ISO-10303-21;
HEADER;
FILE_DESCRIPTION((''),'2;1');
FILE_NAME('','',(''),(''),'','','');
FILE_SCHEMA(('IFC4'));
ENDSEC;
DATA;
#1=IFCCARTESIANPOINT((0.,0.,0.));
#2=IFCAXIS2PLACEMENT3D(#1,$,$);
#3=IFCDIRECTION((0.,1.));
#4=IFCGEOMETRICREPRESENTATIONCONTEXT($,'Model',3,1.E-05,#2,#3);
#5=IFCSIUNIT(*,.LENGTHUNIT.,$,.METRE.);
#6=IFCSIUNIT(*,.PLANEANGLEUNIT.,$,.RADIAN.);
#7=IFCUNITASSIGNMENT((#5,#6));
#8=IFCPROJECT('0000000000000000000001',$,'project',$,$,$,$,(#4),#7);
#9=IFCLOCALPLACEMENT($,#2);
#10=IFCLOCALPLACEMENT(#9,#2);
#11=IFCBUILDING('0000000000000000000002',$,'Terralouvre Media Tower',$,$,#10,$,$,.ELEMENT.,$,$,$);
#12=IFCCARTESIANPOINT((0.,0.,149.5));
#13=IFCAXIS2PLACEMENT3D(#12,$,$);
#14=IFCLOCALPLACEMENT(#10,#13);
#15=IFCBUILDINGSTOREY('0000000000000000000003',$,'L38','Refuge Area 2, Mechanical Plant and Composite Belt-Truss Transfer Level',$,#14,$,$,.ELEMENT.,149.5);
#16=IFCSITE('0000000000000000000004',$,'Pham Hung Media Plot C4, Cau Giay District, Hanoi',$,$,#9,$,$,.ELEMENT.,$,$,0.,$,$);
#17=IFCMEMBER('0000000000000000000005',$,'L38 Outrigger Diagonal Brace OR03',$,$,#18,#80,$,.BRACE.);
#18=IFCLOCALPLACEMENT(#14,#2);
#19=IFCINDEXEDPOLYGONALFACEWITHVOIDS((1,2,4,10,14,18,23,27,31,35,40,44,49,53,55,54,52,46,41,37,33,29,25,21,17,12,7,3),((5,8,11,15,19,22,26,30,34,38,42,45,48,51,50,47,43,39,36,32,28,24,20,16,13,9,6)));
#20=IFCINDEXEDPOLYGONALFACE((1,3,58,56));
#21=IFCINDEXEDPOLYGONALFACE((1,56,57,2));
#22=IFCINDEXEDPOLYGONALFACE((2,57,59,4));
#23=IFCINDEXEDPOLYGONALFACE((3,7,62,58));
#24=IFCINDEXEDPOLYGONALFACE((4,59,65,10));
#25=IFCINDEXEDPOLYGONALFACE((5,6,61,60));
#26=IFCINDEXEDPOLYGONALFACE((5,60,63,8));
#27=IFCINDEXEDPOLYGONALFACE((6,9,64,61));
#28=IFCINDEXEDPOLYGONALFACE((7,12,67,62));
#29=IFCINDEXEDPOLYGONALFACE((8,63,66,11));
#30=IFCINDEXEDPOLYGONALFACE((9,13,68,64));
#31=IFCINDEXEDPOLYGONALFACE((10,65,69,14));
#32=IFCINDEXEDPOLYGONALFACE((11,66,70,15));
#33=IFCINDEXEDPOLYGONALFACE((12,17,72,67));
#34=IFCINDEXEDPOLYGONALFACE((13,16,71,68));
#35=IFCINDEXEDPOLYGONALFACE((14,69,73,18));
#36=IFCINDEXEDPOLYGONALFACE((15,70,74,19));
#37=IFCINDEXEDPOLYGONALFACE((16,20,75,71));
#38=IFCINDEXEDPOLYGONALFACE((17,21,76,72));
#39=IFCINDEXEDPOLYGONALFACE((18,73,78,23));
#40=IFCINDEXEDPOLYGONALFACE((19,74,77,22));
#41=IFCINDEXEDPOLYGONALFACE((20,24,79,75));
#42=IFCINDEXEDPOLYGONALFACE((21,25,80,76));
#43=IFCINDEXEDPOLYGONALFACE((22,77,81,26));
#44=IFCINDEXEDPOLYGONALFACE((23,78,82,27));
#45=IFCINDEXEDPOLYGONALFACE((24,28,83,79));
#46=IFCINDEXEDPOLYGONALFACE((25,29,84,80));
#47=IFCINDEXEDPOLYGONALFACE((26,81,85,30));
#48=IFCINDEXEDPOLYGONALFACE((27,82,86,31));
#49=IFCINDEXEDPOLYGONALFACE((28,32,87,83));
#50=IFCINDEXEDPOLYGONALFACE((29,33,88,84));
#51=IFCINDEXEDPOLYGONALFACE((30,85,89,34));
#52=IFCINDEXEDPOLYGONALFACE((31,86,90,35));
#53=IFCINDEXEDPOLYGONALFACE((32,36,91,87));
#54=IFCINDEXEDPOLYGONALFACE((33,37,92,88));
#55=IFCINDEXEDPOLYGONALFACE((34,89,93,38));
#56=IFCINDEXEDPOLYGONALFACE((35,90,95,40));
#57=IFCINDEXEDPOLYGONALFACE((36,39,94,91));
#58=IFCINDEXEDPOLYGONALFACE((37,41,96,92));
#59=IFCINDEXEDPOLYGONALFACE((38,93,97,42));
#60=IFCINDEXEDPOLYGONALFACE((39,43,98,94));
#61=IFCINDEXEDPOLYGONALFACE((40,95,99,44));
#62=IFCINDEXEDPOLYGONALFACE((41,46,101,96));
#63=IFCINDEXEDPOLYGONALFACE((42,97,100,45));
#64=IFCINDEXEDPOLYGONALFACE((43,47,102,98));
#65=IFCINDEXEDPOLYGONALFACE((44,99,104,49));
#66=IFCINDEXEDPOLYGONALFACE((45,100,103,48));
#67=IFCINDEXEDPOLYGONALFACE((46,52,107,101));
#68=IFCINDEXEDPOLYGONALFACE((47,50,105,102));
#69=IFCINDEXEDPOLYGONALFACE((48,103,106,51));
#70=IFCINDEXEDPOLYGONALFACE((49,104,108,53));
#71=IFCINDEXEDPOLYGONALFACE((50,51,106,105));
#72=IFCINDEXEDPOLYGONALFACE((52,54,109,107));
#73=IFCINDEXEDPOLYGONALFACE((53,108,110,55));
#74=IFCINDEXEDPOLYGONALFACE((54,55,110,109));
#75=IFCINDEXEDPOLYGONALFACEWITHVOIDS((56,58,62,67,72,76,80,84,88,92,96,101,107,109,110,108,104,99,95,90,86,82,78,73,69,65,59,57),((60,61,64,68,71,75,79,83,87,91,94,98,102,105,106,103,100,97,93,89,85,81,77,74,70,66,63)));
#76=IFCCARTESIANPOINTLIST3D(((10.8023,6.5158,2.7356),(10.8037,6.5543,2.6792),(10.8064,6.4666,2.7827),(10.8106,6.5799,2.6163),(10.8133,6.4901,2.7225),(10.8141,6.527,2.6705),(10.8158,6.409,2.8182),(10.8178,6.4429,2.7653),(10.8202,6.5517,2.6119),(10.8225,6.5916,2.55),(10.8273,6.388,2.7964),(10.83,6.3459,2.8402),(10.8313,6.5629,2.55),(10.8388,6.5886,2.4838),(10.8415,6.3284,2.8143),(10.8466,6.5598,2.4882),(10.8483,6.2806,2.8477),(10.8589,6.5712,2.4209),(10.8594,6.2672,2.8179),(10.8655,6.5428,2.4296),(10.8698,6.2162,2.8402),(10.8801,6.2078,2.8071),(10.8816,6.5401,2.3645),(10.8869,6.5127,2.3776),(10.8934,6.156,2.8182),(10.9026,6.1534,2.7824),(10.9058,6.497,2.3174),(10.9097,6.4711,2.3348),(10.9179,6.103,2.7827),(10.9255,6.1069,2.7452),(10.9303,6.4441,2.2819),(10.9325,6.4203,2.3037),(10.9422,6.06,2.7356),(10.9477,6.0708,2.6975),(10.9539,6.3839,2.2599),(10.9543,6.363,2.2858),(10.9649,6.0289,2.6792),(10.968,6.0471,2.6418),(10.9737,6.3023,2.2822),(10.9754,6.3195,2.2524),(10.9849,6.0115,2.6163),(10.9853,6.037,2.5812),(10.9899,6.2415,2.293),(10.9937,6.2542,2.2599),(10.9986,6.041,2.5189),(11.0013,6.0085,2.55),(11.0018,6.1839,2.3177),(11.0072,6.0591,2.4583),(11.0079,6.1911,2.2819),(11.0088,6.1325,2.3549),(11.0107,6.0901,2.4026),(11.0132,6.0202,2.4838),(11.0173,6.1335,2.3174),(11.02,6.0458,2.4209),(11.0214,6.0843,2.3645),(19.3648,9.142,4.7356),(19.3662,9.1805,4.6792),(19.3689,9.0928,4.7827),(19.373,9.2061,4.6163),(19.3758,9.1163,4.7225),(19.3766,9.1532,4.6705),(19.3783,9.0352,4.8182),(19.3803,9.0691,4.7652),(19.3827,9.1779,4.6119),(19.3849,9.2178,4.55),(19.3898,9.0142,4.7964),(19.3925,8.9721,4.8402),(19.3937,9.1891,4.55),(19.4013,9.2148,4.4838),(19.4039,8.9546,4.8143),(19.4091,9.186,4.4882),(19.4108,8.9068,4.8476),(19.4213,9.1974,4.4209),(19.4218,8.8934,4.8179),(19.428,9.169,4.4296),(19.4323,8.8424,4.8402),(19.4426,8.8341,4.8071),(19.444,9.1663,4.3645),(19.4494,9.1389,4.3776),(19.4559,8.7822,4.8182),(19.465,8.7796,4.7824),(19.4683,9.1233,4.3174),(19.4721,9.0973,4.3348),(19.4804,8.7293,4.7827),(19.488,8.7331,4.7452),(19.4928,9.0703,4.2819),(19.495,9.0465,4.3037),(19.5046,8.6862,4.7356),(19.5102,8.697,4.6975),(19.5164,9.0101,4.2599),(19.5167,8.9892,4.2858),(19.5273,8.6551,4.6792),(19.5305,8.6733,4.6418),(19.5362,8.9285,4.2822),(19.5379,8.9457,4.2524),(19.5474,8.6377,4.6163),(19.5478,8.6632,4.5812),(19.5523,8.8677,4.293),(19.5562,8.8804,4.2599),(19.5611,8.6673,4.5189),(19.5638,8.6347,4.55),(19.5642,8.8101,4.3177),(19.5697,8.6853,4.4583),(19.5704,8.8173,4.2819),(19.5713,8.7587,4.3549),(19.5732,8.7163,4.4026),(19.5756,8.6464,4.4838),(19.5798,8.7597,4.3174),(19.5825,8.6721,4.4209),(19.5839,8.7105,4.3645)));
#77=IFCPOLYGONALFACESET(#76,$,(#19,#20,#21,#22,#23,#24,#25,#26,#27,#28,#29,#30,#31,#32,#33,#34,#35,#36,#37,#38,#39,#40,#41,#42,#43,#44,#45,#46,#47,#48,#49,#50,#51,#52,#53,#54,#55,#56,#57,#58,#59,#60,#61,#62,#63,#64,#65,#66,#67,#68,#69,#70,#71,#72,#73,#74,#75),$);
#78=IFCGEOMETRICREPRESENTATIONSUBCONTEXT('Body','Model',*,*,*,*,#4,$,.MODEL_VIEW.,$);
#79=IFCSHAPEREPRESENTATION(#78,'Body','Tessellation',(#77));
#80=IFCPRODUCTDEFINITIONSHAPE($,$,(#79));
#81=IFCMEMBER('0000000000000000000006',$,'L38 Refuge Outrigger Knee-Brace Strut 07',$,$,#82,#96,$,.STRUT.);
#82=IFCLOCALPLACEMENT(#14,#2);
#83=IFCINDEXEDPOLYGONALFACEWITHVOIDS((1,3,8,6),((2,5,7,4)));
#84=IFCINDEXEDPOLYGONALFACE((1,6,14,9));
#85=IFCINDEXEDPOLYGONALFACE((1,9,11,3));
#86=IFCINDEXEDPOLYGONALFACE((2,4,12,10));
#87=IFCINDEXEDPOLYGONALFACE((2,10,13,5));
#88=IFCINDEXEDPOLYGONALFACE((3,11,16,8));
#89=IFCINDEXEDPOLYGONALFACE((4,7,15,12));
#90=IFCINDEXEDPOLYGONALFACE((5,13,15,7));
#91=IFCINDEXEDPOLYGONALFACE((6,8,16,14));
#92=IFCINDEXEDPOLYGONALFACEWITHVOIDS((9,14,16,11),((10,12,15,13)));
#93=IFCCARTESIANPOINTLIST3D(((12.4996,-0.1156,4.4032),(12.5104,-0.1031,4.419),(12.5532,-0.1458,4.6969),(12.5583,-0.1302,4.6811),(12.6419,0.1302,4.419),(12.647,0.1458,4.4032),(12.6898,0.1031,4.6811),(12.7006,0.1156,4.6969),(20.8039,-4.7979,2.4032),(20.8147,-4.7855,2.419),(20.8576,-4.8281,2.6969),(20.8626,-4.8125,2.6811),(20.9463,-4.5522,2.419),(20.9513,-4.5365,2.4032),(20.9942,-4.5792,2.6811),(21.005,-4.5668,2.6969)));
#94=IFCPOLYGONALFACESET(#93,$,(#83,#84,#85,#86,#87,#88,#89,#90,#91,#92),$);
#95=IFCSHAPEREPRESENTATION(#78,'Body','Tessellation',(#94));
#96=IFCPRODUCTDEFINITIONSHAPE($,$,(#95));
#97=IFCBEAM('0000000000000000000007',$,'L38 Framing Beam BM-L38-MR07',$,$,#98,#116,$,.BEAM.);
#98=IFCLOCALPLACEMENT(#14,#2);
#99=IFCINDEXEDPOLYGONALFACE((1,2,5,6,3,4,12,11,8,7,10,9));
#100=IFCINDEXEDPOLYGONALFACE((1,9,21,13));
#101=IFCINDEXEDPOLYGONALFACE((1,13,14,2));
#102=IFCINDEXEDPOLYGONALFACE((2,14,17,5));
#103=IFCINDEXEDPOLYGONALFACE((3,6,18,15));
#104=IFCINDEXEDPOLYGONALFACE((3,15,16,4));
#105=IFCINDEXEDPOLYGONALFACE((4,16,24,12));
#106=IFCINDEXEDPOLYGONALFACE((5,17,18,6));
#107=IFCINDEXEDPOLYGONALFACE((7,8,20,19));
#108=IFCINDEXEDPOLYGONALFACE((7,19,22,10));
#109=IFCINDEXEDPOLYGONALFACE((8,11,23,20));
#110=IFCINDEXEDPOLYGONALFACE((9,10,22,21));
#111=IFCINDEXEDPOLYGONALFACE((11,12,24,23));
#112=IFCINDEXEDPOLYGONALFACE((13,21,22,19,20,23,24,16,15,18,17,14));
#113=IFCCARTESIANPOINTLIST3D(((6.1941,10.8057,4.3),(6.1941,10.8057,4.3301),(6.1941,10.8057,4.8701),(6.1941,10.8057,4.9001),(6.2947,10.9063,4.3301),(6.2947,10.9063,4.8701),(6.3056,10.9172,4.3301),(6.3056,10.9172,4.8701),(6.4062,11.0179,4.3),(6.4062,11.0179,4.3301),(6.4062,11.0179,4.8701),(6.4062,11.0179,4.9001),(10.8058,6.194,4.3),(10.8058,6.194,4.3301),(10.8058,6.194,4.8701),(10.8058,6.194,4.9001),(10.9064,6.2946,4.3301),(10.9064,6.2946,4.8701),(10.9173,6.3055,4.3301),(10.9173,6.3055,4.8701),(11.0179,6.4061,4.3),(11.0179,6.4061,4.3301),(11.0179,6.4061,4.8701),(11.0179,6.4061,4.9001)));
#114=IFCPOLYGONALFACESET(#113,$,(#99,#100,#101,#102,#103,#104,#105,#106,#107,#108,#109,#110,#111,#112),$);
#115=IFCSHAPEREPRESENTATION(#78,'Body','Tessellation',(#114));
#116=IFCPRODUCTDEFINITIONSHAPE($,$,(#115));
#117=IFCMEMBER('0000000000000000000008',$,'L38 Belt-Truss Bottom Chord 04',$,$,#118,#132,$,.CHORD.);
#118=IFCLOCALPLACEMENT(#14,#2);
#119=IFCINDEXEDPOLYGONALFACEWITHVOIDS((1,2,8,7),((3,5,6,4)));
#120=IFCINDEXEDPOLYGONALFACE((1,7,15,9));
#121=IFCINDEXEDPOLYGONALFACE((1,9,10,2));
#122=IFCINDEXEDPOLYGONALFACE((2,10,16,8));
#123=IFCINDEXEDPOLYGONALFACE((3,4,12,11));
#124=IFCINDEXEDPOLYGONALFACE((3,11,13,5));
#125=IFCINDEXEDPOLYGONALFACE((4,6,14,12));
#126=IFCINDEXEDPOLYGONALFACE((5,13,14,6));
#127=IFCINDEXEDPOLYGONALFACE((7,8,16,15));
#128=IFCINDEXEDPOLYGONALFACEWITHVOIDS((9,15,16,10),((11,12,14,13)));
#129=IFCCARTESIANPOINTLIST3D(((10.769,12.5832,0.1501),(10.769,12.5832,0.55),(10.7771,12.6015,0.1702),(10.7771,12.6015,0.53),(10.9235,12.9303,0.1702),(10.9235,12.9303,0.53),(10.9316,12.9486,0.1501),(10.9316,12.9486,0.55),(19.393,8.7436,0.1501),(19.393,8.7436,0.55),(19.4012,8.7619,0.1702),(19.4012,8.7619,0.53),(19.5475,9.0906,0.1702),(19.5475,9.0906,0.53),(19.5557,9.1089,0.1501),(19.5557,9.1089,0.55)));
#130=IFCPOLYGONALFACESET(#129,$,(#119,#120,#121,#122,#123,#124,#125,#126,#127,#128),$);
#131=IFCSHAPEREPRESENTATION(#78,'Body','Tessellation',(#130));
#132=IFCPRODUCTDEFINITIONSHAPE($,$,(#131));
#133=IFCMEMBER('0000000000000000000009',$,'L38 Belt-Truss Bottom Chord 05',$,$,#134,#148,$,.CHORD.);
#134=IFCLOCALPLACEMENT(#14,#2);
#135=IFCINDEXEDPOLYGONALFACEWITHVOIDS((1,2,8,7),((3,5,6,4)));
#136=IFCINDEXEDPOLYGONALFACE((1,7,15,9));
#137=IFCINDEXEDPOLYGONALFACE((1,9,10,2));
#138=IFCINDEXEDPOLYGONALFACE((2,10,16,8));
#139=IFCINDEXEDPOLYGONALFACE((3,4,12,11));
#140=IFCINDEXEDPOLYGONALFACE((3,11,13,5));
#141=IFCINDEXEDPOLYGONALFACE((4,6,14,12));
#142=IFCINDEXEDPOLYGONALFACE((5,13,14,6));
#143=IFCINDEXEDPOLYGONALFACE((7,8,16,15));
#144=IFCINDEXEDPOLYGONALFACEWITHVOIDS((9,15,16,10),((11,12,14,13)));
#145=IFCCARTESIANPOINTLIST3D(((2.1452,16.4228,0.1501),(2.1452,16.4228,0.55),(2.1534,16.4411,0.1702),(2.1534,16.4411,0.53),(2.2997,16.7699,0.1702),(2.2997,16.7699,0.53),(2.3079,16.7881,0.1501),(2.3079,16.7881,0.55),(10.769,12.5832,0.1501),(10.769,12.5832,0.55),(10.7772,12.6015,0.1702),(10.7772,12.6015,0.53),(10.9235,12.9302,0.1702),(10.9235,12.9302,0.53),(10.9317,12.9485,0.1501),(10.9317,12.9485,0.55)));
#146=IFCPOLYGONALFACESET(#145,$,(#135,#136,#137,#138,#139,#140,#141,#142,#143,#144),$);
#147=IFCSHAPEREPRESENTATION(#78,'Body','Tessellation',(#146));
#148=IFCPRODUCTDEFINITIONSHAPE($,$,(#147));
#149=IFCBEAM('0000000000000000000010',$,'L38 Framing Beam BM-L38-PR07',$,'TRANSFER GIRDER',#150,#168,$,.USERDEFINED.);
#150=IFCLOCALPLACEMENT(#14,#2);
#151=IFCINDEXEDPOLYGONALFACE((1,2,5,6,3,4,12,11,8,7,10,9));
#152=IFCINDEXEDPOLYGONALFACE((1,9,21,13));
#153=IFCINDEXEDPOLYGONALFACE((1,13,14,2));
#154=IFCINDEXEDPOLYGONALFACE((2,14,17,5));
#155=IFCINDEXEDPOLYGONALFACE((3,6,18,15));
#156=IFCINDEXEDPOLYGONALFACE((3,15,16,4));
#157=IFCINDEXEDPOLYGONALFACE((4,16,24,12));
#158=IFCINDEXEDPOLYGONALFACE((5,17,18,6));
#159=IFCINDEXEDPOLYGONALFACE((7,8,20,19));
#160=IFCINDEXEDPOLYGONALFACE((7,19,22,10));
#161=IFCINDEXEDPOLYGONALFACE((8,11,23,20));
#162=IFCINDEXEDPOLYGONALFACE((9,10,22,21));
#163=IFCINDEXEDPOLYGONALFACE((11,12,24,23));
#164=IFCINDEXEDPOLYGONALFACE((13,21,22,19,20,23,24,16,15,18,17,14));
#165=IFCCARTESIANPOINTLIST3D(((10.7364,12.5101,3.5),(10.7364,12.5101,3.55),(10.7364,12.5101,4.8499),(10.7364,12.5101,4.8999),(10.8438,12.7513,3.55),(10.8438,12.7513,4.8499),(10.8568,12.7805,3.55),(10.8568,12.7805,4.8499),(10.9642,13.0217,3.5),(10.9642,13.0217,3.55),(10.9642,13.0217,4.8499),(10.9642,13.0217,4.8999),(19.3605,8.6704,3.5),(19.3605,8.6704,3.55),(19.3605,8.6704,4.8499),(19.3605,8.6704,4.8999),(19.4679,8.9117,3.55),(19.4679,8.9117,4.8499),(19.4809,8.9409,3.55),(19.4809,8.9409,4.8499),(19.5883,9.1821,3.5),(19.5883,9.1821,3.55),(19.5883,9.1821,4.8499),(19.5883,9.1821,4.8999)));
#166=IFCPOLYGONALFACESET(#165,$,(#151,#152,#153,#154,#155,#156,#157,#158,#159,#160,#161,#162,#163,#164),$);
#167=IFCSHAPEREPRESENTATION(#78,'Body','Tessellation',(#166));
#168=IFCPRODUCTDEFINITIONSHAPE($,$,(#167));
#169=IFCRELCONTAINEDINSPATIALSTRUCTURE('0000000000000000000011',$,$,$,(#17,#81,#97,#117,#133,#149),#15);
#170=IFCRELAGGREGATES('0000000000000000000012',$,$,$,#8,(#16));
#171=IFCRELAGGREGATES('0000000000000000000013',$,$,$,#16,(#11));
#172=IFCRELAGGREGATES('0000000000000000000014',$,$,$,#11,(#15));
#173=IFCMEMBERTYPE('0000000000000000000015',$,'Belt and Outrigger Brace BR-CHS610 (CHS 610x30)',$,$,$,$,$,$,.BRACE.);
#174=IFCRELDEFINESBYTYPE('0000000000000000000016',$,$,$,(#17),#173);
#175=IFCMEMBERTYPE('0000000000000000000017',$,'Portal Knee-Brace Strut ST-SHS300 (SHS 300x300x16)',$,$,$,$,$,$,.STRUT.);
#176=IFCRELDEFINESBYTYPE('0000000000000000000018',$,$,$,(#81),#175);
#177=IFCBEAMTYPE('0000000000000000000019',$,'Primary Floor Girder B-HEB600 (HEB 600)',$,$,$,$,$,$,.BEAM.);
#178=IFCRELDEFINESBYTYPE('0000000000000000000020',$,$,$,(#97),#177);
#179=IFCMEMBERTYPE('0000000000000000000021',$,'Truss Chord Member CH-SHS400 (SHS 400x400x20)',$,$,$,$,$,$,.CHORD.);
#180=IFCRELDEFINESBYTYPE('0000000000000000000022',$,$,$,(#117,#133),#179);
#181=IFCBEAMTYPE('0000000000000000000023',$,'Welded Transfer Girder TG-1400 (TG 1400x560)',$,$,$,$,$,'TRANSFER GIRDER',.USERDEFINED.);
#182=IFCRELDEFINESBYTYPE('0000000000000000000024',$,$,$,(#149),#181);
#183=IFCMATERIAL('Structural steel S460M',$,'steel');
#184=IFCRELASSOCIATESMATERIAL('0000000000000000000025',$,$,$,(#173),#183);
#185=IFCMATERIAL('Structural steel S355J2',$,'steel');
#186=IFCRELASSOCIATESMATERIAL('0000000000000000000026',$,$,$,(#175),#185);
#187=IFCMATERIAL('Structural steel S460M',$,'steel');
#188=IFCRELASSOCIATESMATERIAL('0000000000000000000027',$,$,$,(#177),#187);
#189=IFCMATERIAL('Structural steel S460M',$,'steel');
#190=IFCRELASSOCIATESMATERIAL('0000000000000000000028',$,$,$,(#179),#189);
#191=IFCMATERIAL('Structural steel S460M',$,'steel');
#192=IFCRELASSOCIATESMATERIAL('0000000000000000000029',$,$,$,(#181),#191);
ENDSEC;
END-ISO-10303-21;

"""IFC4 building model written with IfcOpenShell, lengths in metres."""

from ifc_helpers import new_model, si_unit, direction, frame, origin, origin_2d, place, context, subcontext, project, spatial, hollow_rectangle, hollow_circle, i_section, extrude, material, material_profile, profile_set, type_object, element, save


model = new_model("IFC4")

# Units and contexts
model_context = context("Model", 3, precision=1e-05, world=origin(), true_north=direction((0.0, 1.0)))
body_context = subcontext(model_context, "Body", "Model", "MODEL_VIEW")
ifc_project = project(units=[si_unit("LENGTHUNIT", "METRE"), si_unit("PLANEANGLEUNIT", "RADIAN")], contexts=[model_context])

# Site, building, storey
site_placement = place(None, origin())
site = spatial("IfcSite", under=ifc_project, at=site_placement, Name="Pham Hung Media Plot C4, Cau Giay District, Hanoi", CompositionType="ELEMENT", RefElevation=0.0)
building_placement = place(site_placement, origin())
building = spatial("IfcBuilding", under=site, at=building_placement, Name="Terralouvre Media Tower", CompositionType="ELEMENT")
storey_placement = place(building_placement, frame((0.0, 0.0, 149.5)))
storey = spatial("IfcBuildingStorey", under=building, at=storey_placement, Name="L38", Description="Refuge Area 2, Mechanical Plant and Composite Belt-Truss Transfer Level", CompositionType="ELEMENT", Elevation=149.5)

# Members
ifc_material_1 = material(Name="Structural steel S460M", Category="steel")
ifc_material_profile_1 = material_profile(ifc_material_1, hollow_circle(Radius=0.3049, WallThickness=0.03, at=origin_2d()), Name="CHS 610x30")
ifc_profile_set_1 = profile_set([ifc_material_profile_1], Name="Structural steel S460M")
member_type_1 = type_object("IfcMemberType", Name="Belt and Outrigger Brace BR-CHS610 (CHS 610x30)", PredefinedType="BRACE", material=ifc_profile_set_1)
member_1_placement = place(storey_placement, frame((10.9119, 6.3, 2.55), z_axis=(0.933061, 0.286181, 0.217941), x_axis=(-0.293229, 0.956042, 0.0)))
element("IfcMember", 1, at=member_1_placement, inside=storey, type_object=member_type_1, Name="L38 Outrigger Diagonal Brace OR03", PredefinedType="BRACE", context=body_context, shape_type="SweptSolid", body=[
    extrude(hollow_circle(Radius=0.3049, WallThickness=0.03, at=origin_2d()), origin(), (0.0, 0.0, 1.0), 9.1768),
])
ifc_material_2 = material(Name="Structural steel S355J2", Category="steel")
ifc_material_profile_2 = material_profile(ifc_material_2, hollow_rectangle(XDim=0.3, YDim=0.3, WallThickness=0.0161, at=origin_2d()), Name="SHS 300x300x16")
ifc_profile_set_2 = profile_set([ifc_material_profile_2], Name="Structural steel S355J2")
member_type_2 = type_object("IfcMemberType", Name="Portal Knee-Brace Strut ST-SHS300 (SHS 300x300x16)", PredefinedType="STRUT", material=ifc_profile_set_2)
member_2_placement = place(storey_placement, frame((12.6001, 0.0, 4.55), z_axis=(0.852519, -0.480684, -0.205316), x_axis=(0.491147, 0.871077, 0.0)))
element("IfcMember", 2, at=member_2_placement, inside=storey, type_object=member_type_2, Name="L38 Refuge Outrigger Knee-Brace Strut 07", PredefinedType="STRUT", context=body_context, shape_type="SweptSolid", body=[
    extrude(hollow_rectangle(XDim=0.3, YDim=0.3, WallThickness=0.0161, at=origin_2d()), origin(), (0.0, 0.0, 1.0), 9.741),
])

# Beam
ifc_material_3 = material(Name="Structural steel S460M", Category="steel")
ifc_material_profile_3 = material_profile(ifc_material_3, i_section(OverallWidth=0.3, OverallDepth=0.6001, WebThickness=0.0154, FlangeThickness=0.03, at=origin_2d()), Name="HEB 600")
ifc_profile_set_3 = profile_set([ifc_material_profile_3], Name="Structural steel S460M")
beam_type_1 = type_object("IfcBeamType", Name="Primary Floor Girder B-HEB600 (HEB 600)", PredefinedType="BEAM", material=ifc_profile_set_3)
beam_1_placement = place(storey_placement, frame((10.9119, 6.3, 4.6001), z_axis=(-0.707107, 0.707107, 0.0), x_axis=(-0.707107, -0.707107, 0.0)))
element("IfcBeam", 3, at=beam_1_placement, inside=storey, type_object=beam_type_1, Name="L38 Framing Beam BM-L38-MR07", PredefinedType="BEAM", context=body_context, shape_type="SweptSolid", body=[
    extrude(i_section(OverallWidth=0.3, OverallDepth=0.6001, WebThickness=0.0154, FlangeThickness=0.03, at=origin_2d()), origin(), (0.0, 0.0, 1.0), 6.522),
])

# Members
ifc_material_4 = material(Name="Structural steel S460M", Category="steel")
ifc_material_profile_4 = material_profile(ifc_material_4, hollow_rectangle(XDim=0.3999, YDim=0.3999, WallThickness=0.02, at=origin_2d()), Name="SHS 400x400x20")
ifc_profile_set_4 = profile_set([ifc_material_profile_4], Name="Structural steel S460M")
member_type_3 = type_object("IfcMemberType", Name="Truss Chord Member CH-SHS400 (SHS 400x400x20)", PredefinedType="CHORD", material=ifc_profile_set_4)
member_3_placement = place(storey_placement, frame((19.4744, 8.9263, 0.3501), z_axis=(-0.913548, 0.406731, 0.0), x_axis=(-0.406731, -0.913548, 0.0)))
element("IfcMember", 4, at=member_3_placement, inside=storey, type_object=member_type_3, Name="L38 Belt-Truss Bottom Chord 04", PredefinedType="CHORD", context=body_context, shape_type="SweptSolid", body=[
    extrude(hollow_rectangle(XDim=0.3999, YDim=0.3999, WallThickness=0.02, at=origin_2d()), origin(), (0.0, 0.0, 1.0), 9.4402),
])
member_4_placement = place(storey_placement, frame((10.8503, 12.7659, 0.3501), z_axis=(-0.913544, 0.406741, 0.0), x_axis=(-0.406741, -0.913544, 0.0)))
element("IfcMember", 5, at=member_4_placement, inside=storey, type_object=member_type_3, Name="L38 Belt-Truss Bottom Chord 05", PredefinedType="CHORD", context=body_context, shape_type="SweptSolid", body=[
    extrude(hollow_rectangle(XDim=0.3999, YDim=0.3999, WallThickness=0.02, at=origin_2d()), origin(), (0.0, 0.0, 1.0), 9.4399),
])

# Beam
ifc_material_5 = material(Name="Structural steel S460M", Category="steel")
ifc_material_profile_5 = material_profile(ifc_material_5, i_section(OverallWidth=0.5601, OverallDepth=1.3999, WebThickness=0.032, FlangeThickness=0.05, at=origin_2d()), Name="TG 1400x560")
ifc_profile_set_5 = profile_set([ifc_material_profile_5], Name="Structural steel S460M")
beam_type_2 = type_object("IfcBeamType", Name="Welded Transfer Girder TG-1400 (TG 1400x560)", ElementType="TRANSFER GIRDER", PredefinedType="USERDEFINED", material=ifc_profile_set_5)
beam_2_placement = place(storey_placement, frame((19.4744, 8.9263, 4.2), z_axis=(-0.913548, 0.406731, 0.0), x_axis=(-0.406731, -0.913548, 0.0)))
element("IfcBeam", 6, at=beam_2_placement, inside=storey, type_object=beam_type_2, Name="L38 Framing Beam BM-L38-PR07", ObjectType="TRANSFER GIRDER", PredefinedType="USERDEFINED", context=body_context, shape_type="SweptSolid", body=[
    extrude(i_section(OverallWidth=0.5601, OverallDepth=1.3999, WebThickness=0.032, FlangeThickness=0.05, at=origin_2d()), origin(), (0.0, 0.0, 1.0), 9.4402),
])

save(model, "model.ifc")
